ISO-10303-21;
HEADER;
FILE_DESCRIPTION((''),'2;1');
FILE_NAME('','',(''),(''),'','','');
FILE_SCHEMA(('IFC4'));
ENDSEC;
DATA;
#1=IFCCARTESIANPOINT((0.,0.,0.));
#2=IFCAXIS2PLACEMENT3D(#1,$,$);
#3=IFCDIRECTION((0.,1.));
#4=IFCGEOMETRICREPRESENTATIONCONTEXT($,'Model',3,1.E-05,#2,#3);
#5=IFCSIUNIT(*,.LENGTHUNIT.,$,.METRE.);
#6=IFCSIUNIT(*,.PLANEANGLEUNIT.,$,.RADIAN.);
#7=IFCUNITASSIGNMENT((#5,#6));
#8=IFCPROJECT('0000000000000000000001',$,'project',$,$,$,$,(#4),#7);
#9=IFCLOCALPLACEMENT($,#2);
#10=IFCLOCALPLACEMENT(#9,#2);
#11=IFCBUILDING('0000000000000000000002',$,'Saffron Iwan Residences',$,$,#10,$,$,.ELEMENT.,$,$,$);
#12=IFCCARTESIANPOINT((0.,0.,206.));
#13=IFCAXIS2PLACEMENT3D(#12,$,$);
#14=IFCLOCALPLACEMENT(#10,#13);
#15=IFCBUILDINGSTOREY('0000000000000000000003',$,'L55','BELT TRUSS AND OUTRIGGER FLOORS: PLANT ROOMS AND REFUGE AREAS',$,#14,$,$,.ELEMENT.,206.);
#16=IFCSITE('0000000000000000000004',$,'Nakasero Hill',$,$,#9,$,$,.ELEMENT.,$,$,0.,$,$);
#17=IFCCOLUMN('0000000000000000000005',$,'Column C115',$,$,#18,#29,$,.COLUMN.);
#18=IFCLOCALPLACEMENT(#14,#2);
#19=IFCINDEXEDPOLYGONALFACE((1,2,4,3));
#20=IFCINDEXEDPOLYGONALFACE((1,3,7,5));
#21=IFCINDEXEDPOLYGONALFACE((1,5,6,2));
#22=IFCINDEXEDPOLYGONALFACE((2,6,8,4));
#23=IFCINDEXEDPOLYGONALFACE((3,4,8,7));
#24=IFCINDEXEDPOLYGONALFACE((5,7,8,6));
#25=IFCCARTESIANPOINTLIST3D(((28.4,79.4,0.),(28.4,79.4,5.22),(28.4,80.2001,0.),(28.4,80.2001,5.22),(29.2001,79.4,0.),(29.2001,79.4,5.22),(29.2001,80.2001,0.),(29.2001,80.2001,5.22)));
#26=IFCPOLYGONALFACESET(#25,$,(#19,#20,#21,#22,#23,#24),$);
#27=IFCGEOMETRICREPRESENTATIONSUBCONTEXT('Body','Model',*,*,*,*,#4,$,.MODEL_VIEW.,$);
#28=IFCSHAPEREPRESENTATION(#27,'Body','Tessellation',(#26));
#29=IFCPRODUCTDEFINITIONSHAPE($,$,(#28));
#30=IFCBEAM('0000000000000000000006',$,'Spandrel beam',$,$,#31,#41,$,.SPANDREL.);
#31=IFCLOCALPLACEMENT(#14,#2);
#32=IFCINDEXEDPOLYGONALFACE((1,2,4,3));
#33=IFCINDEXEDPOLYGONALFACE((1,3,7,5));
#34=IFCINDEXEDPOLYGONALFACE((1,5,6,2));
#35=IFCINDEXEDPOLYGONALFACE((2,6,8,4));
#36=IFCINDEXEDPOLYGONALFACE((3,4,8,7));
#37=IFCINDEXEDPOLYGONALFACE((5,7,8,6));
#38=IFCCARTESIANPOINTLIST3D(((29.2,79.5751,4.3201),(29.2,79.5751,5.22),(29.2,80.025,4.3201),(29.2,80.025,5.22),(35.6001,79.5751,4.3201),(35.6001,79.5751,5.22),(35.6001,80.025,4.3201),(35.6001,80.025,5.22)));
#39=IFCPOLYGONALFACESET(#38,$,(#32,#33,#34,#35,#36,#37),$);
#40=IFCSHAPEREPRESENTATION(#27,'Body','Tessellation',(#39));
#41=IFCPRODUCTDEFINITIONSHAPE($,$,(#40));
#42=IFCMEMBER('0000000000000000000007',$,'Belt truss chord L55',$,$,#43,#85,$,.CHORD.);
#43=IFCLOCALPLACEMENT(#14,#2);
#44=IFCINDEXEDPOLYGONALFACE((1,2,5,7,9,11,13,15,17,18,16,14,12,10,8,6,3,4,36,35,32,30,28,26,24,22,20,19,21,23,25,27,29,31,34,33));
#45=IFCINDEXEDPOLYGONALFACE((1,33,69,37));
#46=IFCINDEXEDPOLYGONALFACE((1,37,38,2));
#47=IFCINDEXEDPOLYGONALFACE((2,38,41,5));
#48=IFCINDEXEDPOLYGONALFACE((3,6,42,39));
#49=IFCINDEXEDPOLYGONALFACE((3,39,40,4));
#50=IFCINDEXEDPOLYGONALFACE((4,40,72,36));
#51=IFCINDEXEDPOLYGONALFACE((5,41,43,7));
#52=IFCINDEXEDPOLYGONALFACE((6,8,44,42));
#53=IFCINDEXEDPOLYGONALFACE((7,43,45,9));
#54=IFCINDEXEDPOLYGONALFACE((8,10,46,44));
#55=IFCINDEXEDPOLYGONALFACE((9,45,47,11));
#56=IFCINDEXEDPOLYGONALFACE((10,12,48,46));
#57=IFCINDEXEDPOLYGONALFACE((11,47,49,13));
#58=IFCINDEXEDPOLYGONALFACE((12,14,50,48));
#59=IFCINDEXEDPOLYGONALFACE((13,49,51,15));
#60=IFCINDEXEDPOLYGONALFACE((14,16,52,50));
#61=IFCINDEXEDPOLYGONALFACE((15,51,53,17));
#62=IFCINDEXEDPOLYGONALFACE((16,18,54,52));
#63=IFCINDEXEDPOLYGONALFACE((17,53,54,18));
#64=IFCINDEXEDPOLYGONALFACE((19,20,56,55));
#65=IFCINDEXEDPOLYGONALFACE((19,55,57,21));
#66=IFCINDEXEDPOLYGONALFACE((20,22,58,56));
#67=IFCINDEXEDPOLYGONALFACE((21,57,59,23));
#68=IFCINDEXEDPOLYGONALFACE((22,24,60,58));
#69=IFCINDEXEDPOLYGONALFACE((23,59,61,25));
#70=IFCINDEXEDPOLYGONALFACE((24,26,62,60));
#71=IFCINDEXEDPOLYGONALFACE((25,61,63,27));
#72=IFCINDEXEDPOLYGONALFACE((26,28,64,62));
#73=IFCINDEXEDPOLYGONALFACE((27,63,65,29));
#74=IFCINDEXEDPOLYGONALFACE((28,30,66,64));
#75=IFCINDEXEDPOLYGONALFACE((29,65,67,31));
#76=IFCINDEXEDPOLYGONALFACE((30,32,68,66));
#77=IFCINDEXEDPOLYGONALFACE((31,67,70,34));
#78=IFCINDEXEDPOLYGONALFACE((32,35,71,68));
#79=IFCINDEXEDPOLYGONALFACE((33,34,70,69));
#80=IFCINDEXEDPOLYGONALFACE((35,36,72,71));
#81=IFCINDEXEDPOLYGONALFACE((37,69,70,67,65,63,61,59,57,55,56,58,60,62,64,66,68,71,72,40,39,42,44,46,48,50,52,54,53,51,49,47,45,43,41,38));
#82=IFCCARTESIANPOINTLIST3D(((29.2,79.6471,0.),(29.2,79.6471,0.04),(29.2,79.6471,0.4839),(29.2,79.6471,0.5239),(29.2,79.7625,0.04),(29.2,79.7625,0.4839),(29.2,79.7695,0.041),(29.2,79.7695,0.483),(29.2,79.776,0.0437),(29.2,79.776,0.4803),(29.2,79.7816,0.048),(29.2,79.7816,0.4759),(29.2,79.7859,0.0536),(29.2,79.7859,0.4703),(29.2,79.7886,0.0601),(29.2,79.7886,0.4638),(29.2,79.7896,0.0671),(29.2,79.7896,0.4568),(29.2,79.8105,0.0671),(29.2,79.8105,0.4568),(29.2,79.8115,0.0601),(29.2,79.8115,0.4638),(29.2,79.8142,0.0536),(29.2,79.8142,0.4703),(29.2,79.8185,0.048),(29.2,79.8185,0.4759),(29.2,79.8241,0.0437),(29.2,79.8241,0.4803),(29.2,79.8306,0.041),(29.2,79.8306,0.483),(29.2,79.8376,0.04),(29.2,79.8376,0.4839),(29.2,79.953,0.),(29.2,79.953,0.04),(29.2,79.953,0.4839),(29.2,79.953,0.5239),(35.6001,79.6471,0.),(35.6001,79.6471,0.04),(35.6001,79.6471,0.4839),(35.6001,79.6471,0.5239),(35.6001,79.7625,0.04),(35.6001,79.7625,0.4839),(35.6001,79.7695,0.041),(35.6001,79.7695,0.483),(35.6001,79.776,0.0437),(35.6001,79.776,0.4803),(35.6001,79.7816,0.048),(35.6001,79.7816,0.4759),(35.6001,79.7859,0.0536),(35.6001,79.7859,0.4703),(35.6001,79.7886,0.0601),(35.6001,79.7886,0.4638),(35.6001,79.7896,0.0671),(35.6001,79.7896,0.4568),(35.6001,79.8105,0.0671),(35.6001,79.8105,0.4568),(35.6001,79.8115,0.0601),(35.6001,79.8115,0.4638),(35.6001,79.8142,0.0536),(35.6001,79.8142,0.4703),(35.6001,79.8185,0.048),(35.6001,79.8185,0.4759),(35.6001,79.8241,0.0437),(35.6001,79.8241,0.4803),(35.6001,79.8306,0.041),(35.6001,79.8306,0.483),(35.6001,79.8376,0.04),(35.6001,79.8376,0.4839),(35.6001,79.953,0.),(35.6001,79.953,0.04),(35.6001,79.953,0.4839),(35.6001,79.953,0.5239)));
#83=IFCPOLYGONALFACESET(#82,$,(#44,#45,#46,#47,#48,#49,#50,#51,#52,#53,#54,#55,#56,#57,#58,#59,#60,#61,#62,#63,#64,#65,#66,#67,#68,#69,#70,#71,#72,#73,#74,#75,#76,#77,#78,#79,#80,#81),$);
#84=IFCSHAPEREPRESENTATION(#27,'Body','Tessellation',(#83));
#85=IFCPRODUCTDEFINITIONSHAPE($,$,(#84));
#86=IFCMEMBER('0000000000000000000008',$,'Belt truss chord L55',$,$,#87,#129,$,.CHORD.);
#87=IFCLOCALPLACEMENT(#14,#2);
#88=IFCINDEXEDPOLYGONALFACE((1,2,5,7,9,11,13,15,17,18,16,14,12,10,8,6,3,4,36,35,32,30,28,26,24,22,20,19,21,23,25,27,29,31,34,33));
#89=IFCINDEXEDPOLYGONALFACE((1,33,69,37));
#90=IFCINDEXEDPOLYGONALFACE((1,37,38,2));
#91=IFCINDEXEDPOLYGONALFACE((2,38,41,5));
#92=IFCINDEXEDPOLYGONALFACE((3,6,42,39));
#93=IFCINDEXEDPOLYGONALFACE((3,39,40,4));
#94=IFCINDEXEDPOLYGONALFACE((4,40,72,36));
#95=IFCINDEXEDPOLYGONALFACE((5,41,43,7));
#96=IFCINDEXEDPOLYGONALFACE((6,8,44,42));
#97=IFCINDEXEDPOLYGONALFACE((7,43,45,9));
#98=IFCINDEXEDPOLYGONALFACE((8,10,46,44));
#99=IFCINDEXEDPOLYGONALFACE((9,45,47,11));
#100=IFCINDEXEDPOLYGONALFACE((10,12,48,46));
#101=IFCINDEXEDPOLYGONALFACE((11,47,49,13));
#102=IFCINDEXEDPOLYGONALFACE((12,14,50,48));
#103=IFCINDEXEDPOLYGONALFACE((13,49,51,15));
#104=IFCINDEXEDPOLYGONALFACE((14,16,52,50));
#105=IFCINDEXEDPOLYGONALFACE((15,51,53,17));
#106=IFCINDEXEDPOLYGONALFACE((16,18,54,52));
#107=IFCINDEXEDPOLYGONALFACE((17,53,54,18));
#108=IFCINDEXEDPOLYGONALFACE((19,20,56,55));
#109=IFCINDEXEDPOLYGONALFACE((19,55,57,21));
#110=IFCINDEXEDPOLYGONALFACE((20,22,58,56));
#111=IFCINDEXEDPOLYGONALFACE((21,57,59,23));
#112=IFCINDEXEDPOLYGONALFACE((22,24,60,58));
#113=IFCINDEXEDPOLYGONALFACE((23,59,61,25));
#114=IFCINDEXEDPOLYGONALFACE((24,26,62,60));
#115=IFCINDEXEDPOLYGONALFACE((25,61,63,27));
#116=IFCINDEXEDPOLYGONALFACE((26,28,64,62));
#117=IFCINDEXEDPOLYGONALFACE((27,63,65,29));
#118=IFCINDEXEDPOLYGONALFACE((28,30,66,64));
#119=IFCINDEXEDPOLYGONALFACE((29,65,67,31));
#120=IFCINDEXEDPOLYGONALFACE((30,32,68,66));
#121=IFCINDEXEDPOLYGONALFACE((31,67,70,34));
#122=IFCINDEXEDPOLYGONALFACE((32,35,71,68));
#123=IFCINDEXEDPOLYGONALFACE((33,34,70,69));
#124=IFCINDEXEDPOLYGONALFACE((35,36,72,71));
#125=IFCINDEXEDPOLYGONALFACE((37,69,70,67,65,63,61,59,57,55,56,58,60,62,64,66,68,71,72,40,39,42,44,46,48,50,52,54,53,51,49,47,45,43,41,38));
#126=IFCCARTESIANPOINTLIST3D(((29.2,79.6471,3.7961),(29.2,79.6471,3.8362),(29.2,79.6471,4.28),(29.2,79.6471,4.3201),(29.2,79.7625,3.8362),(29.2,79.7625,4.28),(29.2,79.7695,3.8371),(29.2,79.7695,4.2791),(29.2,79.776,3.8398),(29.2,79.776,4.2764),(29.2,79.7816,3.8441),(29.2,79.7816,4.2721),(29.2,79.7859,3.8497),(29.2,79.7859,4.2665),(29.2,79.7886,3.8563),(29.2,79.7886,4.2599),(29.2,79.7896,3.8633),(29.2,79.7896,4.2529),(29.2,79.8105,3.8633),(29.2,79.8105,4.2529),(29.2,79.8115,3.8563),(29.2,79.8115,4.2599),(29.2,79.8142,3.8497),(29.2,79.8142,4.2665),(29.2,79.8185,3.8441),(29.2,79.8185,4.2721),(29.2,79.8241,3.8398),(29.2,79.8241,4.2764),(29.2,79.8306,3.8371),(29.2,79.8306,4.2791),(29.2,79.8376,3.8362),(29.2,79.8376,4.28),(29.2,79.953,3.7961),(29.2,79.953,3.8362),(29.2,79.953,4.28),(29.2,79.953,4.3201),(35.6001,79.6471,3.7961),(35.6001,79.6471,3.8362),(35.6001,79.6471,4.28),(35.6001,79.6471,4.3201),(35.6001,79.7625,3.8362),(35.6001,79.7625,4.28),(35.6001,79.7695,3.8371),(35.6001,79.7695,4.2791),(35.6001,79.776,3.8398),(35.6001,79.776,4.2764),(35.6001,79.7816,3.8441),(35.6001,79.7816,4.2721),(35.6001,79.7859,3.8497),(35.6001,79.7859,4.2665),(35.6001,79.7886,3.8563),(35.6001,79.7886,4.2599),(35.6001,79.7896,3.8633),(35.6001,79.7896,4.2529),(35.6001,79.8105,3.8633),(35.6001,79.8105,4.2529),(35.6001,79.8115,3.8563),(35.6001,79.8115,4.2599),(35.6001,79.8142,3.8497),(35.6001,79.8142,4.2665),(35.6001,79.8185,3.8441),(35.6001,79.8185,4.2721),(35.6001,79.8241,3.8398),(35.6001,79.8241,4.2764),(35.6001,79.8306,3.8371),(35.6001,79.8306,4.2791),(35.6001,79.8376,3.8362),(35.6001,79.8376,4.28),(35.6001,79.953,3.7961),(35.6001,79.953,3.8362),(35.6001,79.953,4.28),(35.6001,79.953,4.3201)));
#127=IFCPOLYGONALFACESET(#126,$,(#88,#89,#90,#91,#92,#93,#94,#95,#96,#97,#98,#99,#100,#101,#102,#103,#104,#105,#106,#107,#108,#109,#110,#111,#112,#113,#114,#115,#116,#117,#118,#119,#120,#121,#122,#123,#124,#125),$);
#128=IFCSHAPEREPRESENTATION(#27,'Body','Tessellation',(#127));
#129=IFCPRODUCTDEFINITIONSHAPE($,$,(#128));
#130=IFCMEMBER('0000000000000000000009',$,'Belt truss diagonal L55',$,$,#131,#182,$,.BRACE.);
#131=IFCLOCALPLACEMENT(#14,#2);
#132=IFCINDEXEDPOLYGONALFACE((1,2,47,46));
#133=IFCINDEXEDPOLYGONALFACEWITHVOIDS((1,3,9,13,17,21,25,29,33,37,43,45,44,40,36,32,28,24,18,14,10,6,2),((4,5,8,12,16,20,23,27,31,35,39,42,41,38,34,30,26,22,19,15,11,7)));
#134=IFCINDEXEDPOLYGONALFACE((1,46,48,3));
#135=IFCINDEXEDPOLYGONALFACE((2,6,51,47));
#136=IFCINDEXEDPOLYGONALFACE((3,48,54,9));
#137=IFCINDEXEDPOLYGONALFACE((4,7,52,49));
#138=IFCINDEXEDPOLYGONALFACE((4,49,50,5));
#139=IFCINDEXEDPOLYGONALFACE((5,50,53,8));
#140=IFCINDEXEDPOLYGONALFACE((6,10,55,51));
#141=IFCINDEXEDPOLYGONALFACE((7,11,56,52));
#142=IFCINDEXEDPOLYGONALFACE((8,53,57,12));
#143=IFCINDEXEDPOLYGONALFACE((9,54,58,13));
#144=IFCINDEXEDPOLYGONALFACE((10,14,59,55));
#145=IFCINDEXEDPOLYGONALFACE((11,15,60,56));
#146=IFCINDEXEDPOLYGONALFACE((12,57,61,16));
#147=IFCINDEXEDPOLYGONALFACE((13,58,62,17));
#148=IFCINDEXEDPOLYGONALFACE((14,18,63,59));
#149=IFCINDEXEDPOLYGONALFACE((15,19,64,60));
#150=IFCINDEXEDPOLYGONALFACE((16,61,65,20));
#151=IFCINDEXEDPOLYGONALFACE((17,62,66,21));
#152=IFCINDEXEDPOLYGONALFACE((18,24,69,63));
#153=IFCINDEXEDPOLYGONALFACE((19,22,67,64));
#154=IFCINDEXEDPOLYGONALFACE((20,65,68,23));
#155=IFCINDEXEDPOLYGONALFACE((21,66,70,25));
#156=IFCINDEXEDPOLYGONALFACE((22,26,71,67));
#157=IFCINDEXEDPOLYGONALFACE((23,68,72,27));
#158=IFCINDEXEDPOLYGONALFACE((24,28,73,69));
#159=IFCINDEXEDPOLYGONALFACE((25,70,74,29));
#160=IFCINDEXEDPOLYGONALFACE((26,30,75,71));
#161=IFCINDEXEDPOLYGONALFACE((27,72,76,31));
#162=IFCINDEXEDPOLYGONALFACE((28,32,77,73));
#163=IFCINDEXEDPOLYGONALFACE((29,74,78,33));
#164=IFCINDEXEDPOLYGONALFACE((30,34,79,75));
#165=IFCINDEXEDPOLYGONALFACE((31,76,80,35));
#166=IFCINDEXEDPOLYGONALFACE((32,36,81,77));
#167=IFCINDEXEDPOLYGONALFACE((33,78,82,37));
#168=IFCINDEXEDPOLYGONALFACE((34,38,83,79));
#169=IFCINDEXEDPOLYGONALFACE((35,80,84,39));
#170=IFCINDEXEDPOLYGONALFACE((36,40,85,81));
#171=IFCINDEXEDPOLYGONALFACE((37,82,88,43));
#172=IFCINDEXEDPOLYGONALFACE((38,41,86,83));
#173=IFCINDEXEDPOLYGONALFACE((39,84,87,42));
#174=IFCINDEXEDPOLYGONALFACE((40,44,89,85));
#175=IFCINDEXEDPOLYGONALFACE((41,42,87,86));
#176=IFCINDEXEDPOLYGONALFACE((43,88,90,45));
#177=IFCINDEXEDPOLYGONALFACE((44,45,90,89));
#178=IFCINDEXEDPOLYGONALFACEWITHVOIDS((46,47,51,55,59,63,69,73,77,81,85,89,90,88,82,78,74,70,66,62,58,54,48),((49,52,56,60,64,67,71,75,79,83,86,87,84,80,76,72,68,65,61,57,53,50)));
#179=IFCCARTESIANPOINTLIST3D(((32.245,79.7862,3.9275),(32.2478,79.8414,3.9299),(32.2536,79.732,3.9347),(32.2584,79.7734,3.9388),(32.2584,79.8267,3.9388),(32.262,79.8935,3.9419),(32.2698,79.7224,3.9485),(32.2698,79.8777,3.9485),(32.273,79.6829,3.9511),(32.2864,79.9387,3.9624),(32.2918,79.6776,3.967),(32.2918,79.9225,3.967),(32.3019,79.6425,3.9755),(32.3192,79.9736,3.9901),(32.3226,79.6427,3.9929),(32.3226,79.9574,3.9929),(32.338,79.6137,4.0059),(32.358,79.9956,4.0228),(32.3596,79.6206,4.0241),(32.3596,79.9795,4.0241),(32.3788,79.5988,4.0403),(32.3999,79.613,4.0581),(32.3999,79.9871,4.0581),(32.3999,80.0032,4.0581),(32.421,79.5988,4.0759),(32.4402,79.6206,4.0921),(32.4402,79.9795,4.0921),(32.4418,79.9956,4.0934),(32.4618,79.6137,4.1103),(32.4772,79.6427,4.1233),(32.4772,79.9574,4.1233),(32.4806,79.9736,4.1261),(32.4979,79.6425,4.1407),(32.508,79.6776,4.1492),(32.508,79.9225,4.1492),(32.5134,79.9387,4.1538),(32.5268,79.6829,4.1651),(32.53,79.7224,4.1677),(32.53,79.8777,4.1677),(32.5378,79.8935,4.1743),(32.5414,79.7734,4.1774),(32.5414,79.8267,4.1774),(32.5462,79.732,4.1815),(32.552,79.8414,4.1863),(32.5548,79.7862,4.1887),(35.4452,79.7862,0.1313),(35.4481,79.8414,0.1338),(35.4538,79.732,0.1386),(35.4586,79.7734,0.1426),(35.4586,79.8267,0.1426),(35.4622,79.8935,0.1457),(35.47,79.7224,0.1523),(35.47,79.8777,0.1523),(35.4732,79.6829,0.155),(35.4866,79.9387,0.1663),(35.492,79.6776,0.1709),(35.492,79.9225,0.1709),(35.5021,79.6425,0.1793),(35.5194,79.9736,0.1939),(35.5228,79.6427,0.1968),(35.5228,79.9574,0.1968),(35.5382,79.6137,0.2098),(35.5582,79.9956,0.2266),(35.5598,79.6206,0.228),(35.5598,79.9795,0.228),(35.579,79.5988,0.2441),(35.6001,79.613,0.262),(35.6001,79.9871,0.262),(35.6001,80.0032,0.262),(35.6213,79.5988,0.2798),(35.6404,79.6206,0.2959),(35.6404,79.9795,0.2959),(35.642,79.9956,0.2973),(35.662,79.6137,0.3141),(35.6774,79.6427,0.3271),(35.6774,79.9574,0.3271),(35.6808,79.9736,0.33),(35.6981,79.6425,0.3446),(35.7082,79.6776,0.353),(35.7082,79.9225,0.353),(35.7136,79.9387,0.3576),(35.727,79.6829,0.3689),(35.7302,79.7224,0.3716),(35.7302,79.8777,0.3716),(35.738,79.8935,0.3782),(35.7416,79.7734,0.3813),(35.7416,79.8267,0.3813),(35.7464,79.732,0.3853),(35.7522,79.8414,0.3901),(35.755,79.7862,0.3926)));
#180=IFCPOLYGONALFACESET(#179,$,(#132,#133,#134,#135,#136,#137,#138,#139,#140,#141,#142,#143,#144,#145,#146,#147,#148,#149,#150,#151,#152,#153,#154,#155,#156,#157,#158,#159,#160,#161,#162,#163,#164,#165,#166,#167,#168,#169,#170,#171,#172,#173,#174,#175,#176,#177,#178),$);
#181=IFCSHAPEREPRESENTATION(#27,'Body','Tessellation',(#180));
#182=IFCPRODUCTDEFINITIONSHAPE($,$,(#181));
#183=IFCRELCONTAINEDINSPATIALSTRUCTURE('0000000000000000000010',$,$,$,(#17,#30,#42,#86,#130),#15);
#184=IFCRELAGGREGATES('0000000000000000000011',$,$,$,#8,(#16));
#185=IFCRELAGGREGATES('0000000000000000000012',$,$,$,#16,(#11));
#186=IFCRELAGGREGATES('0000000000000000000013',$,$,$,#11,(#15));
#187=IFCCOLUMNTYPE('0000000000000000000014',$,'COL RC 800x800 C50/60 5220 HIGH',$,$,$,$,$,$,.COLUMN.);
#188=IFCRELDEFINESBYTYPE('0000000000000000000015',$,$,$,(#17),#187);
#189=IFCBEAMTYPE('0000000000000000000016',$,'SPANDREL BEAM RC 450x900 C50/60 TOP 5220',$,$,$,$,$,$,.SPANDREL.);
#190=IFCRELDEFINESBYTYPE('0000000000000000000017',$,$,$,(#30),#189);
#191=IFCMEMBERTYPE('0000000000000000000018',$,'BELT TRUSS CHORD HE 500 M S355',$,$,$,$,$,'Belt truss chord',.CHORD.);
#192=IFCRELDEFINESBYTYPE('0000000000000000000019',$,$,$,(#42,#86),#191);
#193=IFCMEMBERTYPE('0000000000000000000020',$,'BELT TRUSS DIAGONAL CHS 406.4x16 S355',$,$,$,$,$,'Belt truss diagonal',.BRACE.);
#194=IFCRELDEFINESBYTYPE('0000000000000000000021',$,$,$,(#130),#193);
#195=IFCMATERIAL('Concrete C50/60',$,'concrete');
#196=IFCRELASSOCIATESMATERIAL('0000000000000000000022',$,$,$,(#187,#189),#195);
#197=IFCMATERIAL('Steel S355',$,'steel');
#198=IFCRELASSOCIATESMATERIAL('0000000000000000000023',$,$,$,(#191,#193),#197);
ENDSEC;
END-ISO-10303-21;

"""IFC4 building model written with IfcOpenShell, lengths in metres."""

from ifc_helpers import new_model, si_unit, direction, frame, origin, origin_2d, place, context, subcontext, project, spatial, rectangle, hollow_circle, i_section, extrude, source, transform, mapped, material, material_profile, profile_set, type_object, element, save


model = new_model("IFC4")

# Units and contexts
model_context = context("Model", 3, precision=1e-05, world=origin(), true_north=direction((0.0, 1.0)))
body_context = subcontext(model_context, "Body", "Model", "MODEL_VIEW")
ifc_project = project(units=[si_unit("LENGTHUNIT", "METRE"), si_unit("PLANEANGLEUNIT", "RADIAN")], contexts=[model_context])

# Site, building, storey
site_placement = place(None, origin())
site = spatial("IfcSite", under=ifc_project, at=site_placement, Name="Nakasero Hill", CompositionType="ELEMENT", RefElevation=0.0)
building_placement = place(site_placement, origin())
building = spatial("IfcBuilding", under=site, at=building_placement, Name="Saffron Iwan Residences", CompositionType="ELEMENT")
storey_placement = place(building_placement, frame((0.0, 0.0, 206.0)))
storey = spatial("IfcBuildingStorey", under=building, at=storey_placement, Name="L55", Description="BELT TRUSS AND OUTRIGGER FLOORS: PLANT ROOMS AND REFUGE AREAS", CompositionType="ELEMENT", Elevation=206.0)

# Column
ifc_material_1 = material(Name="Concrete C50/60", Category="concrete")
ifc_material_profile_1 = material_profile(ifc_material_1, rectangle(XDim=0.8, YDim=0.8, at=origin_2d()), Name="RC 800x800")
ifc_profile_set_1 = profile_set([ifc_material_profile_1], Name="Concrete C50/60")
column_type = type_object("IfcColumnType", Name="COL RC 800x800 C50/60 5220 HIGH", PredefinedType="COLUMN", material=ifc_profile_set_1)
shared_shape_1 = source(origin(), body_context, "Body", "SweptSolid", [
    extrude(rectangle(XDim=0.8, YDim=0.8, at=origin_2d()), origin(), (0.0, 0.0, 1.0), 5.22),
])
column_placement = place(storey_placement, frame((28.8, 79.8, 0.0), z_axis=(0.0, 0.0, 1.0), x_axis=(1.0, 0.0, 0.0)))
element("IfcColumn", 1, at=column_placement, inside=storey, type_object=column_type, Name="Column C115", PredefinedType="COLUMN", context=body_context, shape_type="MappedRepresentation", body=[
    mapped(shared_shape_1, transform((0.0, 0.0, 0.0))),
])

# Beam
ifc_material_profile_2 = material_profile(ifc_material_1, rectangle(XDim=0.45, YDim=0.8999, at=origin_2d()), Name="RC 450x900")
ifc_profile_set_2 = profile_set([ifc_material_profile_2], Name="Concrete C50/60")
beam_type = type_object("IfcBeamType", Name="SPANDREL BEAM RC 450x900 C50/60 TOP 5220", PredefinedType="SPANDREL", material=ifc_profile_set_2)
shared_shape_2 = source(origin(), body_context, "Body", "SweptSolid", [
    extrude(rectangle(XDim=0.45, YDim=0.8999, at=origin_2d()), origin(), (0.0, 0.0, 1.0), 6.4001),
])
beam_placement = place(storey_placement, frame((29.2, 79.8, 4.77), z_axis=(1.0, 0.0, 0.0), x_axis=(0.0, 1.0, 0.0)))
element("IfcBeam", 2, at=beam_placement, inside=storey, type_object=beam_type, Name="Spandrel beam", PredefinedType="SPANDREL", context=body_context, shape_type="MappedRepresentation", body=[
    mapped(shared_shape_2, transform((0.0, 0.0, 0.0))),
])

# Members
ifc_material_2 = material(Name="Steel S355", Category="steel")
ifc_material_profile_3 = material_profile(ifc_material_2, i_section(OverallWidth=0.3059, OverallDepth=0.5239, WebThickness=0.021, FlangeThickness=0.04, FilletRadius=0.0271, at=origin_2d()), Name="HE 500 M")
ifc_profile_set_3 = profile_set([ifc_material_profile_3], Name="Steel S355")
member_type_1 = type_object("IfcMemberType", Name="BELT TRUSS CHORD HE 500 M S355", ElementType="Belt truss chord", PredefinedType="CHORD", material=ifc_profile_set_3)
shared_shape_3 = source(origin(), body_context, "Body", "SweptSolid", [
    extrude(i_section(OverallWidth=0.3059, OverallDepth=0.5239, WebThickness=0.021, FlangeThickness=0.04, FilletRadius=0.0271, at=origin_2d()), origin(), (0.0, 0.0, 1.0), 6.4001),
])
for number, where, z_axis, x_axis, name in (
    (3, (29.2, 79.8, 0.262), (1.0, 0.0, 0.0), (0.0, 1.0, 0.0), "Belt truss chord L55"),
    (4, (29.2, 79.8, 4.0581), (1.0, 0.0, 0.0), (0.0, 1.0, 0.0), "Belt truss chord L55"),
):
    element("IfcMember", number, at=place(storey_placement, frame(where, z_axis=z_axis, x_axis=x_axis)), inside=storey, type_object=member_type_1, Name=name, PredefinedType="CHORD", context=body_context, shape_type="MappedRepresentation", body=[
        mapped(shared_shape_3, transform((0.0, 0.0, 0.0))),
    ])
ifc_material_profile_4 = material_profile(ifc_material_2, hollow_circle(Radius=0.2031, WallThickness=0.0161, at=origin_2d()), Name="CHS 406.4x16")
ifc_profile_set_4 = profile_set([ifc_material_profile_4], Name="Steel S355")
member_type_2 = type_object("IfcMemberType", Name="BELT TRUSS DIAGONAL CHS 406.4x16 S355", ElementType="Belt truss diagonal", PredefinedType="BRACE", material=ifc_profile_set_4)
shared_shape_4 = source(origin(), body_context, "Body", "SweptSolid", [
    extrude(hollow_circle(Radius=0.2031, WallThickness=0.0161, at=origin_2d()), origin(), (0.0, 0.0, 1.0), 4.9651),
])
member_1_placement = place(storey_placement, frame((32.3999, 79.8, 4.0581), z_axis=(0.644541, 0.0, -0.764569), x_axis=(0.0, 1.0, 0.0)))
element("IfcMember", 5, at=member_1_placement, inside=storey, type_object=member_type_2, Name="Belt truss diagonal L55", PredefinedType="BRACE", context=body_context, shape_type="MappedRepresentation", body=[
    mapped(shared_shape_4, transform((0.0, 0.0, 0.0))),
])

save(model, "model.ifc")
